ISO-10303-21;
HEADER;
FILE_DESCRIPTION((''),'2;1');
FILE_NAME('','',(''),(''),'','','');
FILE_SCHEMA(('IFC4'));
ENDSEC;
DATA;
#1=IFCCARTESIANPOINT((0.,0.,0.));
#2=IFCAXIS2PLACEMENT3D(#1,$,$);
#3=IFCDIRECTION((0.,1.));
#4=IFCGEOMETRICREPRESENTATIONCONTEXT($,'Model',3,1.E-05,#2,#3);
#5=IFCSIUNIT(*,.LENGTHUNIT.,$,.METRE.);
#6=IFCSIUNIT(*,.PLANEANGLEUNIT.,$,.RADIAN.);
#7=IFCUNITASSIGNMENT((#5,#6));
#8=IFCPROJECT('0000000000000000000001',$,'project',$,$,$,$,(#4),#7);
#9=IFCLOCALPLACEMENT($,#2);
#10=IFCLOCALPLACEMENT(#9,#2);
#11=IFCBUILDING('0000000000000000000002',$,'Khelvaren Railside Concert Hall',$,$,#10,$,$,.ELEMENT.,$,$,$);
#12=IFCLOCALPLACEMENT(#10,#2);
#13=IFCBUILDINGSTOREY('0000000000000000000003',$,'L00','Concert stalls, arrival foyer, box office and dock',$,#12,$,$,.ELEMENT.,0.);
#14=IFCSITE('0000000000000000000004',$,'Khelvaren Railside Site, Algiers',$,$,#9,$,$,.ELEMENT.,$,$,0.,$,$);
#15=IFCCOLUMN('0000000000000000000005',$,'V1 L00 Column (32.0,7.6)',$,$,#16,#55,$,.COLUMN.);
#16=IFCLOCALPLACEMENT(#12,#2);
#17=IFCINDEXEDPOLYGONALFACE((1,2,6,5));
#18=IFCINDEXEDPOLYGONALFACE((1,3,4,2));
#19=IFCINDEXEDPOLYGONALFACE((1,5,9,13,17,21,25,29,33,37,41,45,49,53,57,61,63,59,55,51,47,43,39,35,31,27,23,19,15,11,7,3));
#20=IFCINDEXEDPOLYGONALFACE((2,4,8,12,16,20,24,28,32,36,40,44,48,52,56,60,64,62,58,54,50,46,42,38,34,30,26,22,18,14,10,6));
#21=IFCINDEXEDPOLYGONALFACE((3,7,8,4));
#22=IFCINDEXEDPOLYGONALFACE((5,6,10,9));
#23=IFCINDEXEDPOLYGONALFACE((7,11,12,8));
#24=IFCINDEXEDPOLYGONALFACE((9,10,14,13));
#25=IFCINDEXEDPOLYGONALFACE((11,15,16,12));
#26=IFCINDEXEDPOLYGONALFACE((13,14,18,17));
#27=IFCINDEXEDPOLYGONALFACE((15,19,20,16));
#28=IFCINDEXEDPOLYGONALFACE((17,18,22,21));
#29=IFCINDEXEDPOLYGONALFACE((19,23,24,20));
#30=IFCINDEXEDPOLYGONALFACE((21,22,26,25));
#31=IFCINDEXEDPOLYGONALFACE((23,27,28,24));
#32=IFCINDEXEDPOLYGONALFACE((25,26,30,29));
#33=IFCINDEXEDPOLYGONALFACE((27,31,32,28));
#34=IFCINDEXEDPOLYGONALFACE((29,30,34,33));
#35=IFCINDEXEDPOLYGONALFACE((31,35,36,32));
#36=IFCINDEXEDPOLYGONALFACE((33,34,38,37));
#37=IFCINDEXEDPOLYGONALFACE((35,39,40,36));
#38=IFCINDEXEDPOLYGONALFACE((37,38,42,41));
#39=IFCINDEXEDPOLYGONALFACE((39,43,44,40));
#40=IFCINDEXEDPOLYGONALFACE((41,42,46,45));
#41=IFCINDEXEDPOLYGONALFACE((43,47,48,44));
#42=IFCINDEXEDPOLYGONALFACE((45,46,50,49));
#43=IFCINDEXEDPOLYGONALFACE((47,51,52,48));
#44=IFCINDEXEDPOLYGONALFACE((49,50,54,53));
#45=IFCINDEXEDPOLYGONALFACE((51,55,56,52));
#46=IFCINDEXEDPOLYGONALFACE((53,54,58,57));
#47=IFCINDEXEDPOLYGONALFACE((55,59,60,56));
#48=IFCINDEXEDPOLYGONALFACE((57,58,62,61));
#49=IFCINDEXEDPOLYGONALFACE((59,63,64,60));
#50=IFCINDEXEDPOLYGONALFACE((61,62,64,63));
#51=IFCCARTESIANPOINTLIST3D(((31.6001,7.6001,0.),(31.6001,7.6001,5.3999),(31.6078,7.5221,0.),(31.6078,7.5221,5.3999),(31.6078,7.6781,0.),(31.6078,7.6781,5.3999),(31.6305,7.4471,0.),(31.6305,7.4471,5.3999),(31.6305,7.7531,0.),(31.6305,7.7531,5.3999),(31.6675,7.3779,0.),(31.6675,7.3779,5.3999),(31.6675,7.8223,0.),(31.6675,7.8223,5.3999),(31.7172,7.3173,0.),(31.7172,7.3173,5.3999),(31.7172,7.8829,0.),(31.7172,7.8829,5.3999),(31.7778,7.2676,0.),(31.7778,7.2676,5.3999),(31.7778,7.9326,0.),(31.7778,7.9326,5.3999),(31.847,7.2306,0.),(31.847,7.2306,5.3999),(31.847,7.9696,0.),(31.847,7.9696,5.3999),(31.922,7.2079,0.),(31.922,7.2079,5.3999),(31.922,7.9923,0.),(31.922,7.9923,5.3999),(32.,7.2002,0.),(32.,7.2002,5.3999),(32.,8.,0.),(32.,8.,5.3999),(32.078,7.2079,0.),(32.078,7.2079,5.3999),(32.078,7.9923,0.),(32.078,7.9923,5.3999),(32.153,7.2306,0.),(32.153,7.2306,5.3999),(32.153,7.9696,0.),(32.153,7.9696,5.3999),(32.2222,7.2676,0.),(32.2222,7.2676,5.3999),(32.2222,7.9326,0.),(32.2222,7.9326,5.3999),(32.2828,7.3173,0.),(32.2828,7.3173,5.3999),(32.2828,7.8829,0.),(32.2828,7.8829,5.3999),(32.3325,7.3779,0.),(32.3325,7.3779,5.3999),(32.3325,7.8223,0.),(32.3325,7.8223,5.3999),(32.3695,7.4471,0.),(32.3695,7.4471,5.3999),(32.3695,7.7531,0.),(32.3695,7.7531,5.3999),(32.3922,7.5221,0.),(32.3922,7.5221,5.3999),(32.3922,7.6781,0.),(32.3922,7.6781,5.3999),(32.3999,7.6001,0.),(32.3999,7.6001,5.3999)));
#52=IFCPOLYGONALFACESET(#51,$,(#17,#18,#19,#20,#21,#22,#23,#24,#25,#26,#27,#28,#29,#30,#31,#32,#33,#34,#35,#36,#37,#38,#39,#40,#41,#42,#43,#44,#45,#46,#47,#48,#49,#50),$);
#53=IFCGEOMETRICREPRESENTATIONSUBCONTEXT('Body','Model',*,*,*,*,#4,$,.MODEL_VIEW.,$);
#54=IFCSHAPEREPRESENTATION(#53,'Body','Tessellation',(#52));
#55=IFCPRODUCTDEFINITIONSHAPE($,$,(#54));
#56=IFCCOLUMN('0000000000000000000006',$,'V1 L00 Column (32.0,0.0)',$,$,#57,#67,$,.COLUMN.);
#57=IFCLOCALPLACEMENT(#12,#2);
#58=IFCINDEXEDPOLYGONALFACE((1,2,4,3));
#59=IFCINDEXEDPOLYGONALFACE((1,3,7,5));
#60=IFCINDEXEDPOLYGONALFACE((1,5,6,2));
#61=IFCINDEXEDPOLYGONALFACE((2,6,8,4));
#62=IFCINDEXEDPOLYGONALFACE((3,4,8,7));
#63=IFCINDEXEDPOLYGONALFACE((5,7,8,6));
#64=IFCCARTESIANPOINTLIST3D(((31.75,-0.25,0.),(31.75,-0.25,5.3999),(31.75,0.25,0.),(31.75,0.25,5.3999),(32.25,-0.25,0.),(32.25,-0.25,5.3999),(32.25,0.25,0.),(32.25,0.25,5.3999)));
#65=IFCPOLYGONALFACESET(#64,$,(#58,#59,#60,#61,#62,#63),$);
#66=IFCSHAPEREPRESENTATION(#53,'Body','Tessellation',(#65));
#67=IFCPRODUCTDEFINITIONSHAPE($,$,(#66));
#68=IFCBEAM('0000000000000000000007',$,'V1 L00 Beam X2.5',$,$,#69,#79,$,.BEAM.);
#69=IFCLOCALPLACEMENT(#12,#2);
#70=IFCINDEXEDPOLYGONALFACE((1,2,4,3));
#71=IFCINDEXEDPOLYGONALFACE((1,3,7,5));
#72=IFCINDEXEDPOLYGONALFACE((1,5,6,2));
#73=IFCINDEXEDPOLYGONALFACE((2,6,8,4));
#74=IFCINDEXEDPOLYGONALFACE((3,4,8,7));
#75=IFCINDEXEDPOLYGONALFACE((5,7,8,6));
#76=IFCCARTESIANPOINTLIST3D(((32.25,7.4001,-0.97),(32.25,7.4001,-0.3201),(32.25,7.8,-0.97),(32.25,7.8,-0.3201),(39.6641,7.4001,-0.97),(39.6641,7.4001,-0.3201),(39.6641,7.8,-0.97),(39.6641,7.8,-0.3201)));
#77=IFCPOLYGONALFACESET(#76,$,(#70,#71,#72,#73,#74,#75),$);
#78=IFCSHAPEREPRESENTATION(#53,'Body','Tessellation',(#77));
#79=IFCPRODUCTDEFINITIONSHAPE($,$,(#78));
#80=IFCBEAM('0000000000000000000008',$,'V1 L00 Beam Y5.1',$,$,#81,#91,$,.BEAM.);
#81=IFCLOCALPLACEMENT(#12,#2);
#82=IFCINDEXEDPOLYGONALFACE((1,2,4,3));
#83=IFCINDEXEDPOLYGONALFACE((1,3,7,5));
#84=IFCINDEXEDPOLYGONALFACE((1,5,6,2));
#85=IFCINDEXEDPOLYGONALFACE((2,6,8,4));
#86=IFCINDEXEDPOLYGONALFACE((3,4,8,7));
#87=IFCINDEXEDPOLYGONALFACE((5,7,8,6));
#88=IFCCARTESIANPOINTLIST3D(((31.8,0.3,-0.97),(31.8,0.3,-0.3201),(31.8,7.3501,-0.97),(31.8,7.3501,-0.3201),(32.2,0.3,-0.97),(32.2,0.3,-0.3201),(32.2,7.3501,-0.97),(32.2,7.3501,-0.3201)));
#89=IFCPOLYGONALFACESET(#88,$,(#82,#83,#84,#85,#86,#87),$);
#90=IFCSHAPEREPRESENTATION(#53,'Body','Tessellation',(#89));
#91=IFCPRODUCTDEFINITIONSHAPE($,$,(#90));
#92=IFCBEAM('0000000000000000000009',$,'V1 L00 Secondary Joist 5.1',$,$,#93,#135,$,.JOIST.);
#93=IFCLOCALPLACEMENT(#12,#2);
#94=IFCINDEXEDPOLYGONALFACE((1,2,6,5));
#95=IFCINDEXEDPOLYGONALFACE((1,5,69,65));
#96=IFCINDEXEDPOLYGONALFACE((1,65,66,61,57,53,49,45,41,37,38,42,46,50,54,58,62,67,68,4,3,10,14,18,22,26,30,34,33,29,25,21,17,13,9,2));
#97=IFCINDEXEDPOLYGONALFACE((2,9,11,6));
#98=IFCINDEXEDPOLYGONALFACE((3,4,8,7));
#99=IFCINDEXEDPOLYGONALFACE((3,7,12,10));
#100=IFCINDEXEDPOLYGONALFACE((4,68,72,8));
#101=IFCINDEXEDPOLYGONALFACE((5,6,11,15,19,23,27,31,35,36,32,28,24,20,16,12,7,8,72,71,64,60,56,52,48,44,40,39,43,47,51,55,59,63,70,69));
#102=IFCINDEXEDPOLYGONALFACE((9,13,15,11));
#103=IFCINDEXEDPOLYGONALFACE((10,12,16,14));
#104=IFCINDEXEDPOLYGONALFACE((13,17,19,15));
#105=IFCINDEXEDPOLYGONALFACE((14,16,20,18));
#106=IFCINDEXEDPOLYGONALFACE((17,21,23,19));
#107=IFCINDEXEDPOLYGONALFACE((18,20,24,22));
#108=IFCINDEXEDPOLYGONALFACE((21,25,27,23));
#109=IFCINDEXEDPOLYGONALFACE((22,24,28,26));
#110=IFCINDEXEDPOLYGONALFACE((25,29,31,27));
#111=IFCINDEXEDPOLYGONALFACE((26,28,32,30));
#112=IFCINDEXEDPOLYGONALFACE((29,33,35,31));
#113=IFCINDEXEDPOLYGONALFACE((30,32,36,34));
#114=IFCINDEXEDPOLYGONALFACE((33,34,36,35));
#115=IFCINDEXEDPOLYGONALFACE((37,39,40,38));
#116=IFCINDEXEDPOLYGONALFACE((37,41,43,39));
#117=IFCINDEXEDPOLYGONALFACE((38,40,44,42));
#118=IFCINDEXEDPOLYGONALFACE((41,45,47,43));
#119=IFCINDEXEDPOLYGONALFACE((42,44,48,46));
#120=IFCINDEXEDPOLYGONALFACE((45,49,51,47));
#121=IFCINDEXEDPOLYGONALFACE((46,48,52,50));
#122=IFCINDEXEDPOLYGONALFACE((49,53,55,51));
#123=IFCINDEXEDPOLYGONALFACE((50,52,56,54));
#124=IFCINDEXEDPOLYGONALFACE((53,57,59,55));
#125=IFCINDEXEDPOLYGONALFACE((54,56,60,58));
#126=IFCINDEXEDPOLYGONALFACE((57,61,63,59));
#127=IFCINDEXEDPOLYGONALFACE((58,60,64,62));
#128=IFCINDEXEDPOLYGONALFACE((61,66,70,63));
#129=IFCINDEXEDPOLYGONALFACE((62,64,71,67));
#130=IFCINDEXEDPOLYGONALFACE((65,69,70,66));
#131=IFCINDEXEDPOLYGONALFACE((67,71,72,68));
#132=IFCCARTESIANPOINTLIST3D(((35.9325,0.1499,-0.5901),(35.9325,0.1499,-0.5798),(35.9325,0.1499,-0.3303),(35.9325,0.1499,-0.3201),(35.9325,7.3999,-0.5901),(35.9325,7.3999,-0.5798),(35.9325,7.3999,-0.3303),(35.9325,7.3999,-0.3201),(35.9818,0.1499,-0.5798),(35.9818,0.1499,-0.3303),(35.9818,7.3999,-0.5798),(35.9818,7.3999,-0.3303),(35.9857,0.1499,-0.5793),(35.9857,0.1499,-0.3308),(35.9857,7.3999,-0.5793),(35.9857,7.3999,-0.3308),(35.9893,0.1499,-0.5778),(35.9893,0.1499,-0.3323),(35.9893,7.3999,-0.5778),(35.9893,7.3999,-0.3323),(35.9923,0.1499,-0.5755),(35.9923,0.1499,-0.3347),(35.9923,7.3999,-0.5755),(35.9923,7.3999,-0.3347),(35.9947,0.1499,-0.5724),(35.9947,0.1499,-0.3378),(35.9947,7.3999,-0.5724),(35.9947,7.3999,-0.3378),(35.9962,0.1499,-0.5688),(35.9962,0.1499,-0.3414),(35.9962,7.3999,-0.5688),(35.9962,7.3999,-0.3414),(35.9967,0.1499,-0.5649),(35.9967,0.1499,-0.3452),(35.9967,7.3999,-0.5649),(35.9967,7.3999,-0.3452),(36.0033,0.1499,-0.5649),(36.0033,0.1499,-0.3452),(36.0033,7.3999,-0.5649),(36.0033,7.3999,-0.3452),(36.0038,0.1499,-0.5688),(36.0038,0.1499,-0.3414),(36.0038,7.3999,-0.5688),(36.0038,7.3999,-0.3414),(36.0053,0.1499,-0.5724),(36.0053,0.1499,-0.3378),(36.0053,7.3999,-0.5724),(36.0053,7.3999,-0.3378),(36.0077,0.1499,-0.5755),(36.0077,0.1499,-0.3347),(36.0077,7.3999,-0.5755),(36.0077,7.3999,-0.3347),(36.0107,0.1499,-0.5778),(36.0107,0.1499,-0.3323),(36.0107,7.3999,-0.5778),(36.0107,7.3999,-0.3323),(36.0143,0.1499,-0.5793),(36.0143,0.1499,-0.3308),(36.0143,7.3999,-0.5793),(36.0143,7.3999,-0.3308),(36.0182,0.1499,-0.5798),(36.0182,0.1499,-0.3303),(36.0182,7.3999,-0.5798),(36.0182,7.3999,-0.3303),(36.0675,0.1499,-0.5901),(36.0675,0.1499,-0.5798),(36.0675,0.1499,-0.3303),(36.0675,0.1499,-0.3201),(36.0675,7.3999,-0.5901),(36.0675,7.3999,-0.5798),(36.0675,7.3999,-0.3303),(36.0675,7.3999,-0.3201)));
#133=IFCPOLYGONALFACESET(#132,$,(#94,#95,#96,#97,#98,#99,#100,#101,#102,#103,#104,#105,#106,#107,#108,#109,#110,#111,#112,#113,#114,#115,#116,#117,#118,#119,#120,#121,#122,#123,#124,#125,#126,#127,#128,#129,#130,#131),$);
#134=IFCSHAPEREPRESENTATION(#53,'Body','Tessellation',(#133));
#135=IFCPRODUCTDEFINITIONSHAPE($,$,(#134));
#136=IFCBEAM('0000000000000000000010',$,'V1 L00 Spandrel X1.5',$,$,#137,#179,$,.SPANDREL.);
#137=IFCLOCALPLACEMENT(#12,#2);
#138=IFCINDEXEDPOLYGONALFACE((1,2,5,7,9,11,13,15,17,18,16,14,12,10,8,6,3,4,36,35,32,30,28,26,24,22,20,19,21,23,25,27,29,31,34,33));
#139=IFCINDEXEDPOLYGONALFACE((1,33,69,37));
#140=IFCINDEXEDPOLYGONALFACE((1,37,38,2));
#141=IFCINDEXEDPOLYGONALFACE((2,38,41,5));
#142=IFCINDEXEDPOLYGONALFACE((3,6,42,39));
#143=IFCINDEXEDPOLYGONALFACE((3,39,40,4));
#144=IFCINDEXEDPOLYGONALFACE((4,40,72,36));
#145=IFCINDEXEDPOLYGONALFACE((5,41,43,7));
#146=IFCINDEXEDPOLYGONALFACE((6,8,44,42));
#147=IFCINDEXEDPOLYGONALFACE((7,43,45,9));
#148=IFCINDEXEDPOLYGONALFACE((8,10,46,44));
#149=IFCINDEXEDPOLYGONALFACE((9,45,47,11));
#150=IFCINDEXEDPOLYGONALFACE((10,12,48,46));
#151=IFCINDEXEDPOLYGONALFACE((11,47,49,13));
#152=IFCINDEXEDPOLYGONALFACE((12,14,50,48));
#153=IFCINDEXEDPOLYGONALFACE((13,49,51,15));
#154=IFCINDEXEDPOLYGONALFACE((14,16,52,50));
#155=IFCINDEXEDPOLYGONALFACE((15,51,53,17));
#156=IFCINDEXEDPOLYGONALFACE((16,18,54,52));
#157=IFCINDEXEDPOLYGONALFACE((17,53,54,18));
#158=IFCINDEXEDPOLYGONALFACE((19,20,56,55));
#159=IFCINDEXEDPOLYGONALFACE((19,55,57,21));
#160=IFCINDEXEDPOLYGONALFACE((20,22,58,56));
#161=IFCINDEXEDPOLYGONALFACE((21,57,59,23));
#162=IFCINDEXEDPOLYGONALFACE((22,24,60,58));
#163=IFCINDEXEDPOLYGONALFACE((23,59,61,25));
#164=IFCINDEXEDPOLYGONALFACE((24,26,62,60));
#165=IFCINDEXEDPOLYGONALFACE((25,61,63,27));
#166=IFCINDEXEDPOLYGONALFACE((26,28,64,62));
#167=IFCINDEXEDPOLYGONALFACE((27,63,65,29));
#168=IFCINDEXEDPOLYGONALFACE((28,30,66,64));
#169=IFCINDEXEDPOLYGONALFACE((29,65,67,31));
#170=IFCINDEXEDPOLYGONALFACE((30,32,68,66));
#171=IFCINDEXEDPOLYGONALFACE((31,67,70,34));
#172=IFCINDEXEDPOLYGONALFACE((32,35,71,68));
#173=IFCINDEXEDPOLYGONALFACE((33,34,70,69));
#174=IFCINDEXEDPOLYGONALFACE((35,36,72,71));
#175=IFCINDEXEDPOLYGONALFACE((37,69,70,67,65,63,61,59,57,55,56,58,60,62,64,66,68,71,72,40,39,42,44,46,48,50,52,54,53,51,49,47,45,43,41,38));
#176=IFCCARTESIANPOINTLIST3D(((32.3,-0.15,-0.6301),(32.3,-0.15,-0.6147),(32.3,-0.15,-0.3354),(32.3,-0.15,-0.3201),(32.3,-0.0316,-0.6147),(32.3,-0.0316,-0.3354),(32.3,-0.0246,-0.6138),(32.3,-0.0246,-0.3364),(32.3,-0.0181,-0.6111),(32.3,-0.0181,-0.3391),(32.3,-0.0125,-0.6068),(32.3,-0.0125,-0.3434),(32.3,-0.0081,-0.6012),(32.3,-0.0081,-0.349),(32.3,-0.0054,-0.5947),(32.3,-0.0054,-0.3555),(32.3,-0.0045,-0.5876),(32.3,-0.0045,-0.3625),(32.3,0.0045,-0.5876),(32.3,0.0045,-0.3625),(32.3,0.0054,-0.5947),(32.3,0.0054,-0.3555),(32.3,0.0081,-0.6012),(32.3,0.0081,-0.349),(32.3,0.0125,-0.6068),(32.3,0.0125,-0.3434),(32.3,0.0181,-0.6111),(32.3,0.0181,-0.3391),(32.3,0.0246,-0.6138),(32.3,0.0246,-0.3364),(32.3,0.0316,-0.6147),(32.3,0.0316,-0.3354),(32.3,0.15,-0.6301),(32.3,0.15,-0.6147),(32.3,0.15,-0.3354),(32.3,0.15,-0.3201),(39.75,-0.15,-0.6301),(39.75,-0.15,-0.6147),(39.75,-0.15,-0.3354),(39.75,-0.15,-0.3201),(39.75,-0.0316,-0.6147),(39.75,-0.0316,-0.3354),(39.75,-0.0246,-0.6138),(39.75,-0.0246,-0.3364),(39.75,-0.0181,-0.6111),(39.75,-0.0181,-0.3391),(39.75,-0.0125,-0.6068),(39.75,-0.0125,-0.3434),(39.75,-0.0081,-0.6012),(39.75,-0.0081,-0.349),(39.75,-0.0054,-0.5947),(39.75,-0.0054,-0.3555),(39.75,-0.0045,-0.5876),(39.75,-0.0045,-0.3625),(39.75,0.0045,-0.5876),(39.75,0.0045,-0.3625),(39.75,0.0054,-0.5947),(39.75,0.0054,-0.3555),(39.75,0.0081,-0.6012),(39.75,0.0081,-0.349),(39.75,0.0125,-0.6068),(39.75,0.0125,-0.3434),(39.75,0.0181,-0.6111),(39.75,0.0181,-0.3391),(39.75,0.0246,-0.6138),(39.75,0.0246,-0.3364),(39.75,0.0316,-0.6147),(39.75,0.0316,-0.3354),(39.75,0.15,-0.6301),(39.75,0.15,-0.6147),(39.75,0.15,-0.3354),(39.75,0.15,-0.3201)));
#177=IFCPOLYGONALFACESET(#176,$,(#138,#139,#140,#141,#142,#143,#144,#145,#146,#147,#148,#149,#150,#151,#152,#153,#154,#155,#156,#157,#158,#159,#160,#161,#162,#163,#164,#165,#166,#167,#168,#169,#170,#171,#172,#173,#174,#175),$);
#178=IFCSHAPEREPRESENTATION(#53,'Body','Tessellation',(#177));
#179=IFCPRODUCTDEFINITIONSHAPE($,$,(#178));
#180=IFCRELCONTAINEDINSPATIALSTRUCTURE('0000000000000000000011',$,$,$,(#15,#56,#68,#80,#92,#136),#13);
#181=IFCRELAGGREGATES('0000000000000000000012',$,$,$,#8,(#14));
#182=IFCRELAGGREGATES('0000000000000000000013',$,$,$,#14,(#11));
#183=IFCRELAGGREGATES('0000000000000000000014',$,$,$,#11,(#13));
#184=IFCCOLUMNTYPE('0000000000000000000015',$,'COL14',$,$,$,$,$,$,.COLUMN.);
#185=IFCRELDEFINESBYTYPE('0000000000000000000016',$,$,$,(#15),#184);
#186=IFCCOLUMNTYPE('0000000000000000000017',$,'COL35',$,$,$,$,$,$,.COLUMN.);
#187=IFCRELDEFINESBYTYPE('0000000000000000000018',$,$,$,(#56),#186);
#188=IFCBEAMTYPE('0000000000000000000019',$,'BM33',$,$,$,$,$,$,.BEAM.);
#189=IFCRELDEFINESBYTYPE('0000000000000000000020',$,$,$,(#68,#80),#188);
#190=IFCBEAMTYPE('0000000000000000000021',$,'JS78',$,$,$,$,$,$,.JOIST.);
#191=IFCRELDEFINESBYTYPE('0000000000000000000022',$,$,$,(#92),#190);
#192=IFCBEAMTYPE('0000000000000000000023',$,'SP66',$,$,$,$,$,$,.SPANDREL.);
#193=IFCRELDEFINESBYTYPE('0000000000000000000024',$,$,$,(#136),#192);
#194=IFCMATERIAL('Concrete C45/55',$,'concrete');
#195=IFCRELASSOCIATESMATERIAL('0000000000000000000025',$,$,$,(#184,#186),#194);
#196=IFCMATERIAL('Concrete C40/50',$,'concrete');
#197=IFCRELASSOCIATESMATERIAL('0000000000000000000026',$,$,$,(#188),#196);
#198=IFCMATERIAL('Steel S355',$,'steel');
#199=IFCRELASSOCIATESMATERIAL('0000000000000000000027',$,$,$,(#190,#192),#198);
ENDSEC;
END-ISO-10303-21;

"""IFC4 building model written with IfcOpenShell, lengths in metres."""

from ifc_helpers import new_model, si_unit, direction, frame, origin, origin_2d, place, context, subcontext, project, spatial, rectangle, circle, i_section, extrude, material, material_profile, profile_set, type_object, element, save


model = new_model("IFC4")

# Units and contexts
model_context = context("Model", 3, precision=1e-05, world=origin(), true_north=direction((0.0, 1.0)))
body_context = subcontext(model_context, "Body", "Model", "MODEL_VIEW")
ifc_project = project(units=[si_unit("LENGTHUNIT", "METRE"), si_unit("PLANEANGLEUNIT", "RADIAN")], contexts=[model_context])

# Site, building, storey
site_placement = place(None, origin())
site = spatial("IfcSite", under=ifc_project, at=site_placement, Name="Khelvaren Railside Site, Algiers", CompositionType="ELEMENT", RefElevation=0.0)
building_placement = place(site_placement, origin())
building = spatial("IfcBuilding", under=site, at=building_placement, Name="Khelvaren Railside Concert Hall", CompositionType="ELEMENT")
storey_placement = place(building_placement, origin())
storey = spatial("IfcBuildingStorey", under=building, at=storey_placement, Name="L00", Description="Concert stalls, arrival foyer, box office and dock", CompositionType="ELEMENT", Elevation=0.0)

# Columns
ifc_material_1 = material(Name="Concrete C45/55", Category="concrete")
ifc_material_profile_1 = material_profile(ifc_material_1, circle(Radius=0.3999, at=origin_2d()), Name="RC D800")
ifc_profile_set_1 = profile_set([ifc_material_profile_1], Name="Concrete C45/55")
column_type_1 = type_object("IfcColumnType", Name="COL14", PredefinedType="COLUMN", material=ifc_profile_set_1)
column_1_placement = place(storey_placement, frame((32.0, 7.6001, 0.0), z_axis=(0.0, 0.0, 1.0), x_axis=(1.0, 0.0, 0.0)))
element("IfcColumn", 1, at=column_1_placement, inside=storey, type_object=column_type_1, Name="V1 L00 Column (32.0,7.6)", PredefinedType="COLUMN", context=body_context, shape_type="SweptSolid", body=[
    extrude(circle(Radius=0.3999, at=origin_2d()), origin(), (0.0, 0.0, 1.0), 5.3999),
])
ifc_material_profile_2 = material_profile(ifc_material_1, rectangle(XDim=0.5, YDim=0.5, at=origin_2d()), Name="RC 500x500")
ifc_profile_set_2 = profile_set([ifc_material_profile_2], Name="Concrete C45/55")
column_type_2 = type_object("IfcColumnType", Name="COL35", PredefinedType="COLUMN", material=ifc_profile_set_2)
column_2_placement = place(storey_placement, frame((32.0, 0.0, 0.0), z_axis=(0.0, 0.0, 1.0), x_axis=(1.0, 0.0, 0.0)))
element("IfcColumn", 2, at=column_2_placement, inside=storey, type_object=column_type_2, Name="V1 L00 Column (32.0,0.0)", PredefinedType="COLUMN", context=body_context, shape_type="SweptSolid", body=[
    extrude(rectangle(XDim=0.5, YDim=0.5, at=origin_2d()), origin(), (0.0, 0.0, 1.0), 5.3999),
])

# Beams
ifc_material_2 = material(Name="Concrete C40/50", Category="concrete")
ifc_material_profile_3 = material_profile(ifc_material_2, rectangle(XDim=0.3999, YDim=0.6499, at=origin_2d()), Name="RCB 400x650")
ifc_profile_set_3 = profile_set([ifc_material_profile_3], Name="Concrete C40/50")
beam_type_1 = type_object("IfcBeamType", Name="BM33", PredefinedType="BEAM", material=ifc_profile_set_3)
beam_1_placement = place(storey_placement, frame((32.25, 7.6001, -0.645), z_axis=(1.0, 0.0, 0.0), x_axis=(0.0, 1.0, 0.0)))
element("IfcBeam", 3, at=beam_1_placement, inside=storey, type_object=beam_type_1, Name="V1 L00 Beam X2.5", PredefinedType="BEAM", context=body_context, shape_type="SweptSolid", body=[
    extrude(rectangle(XDim=0.3999, YDim=0.6499, at=origin_2d()), origin(), (0.0, 0.0, 1.0), 7.4141),
])
beam_2_placement = place(storey_placement, frame((32.0, 0.3, -0.645), z_axis=(0.0, 1.0, 0.0), x_axis=(-1.0, 0.0, 0.0)))
element("IfcBeam", 4, at=beam_2_placement, inside=storey, type_object=beam_type_1, Name="V1 L00 Beam Y5.1", PredefinedType="BEAM", context=body_context, shape_type="SweptSolid", body=[
    extrude(rectangle(XDim=0.3999, YDim=0.6499, at=origin_2d()), origin(), (0.0, 0.0, 1.0), 7.05),
])
ifc_material_3 = material(Name="Steel S355", Category="steel")
ifc_material_profile_4 = material_profile(ifc_material_3, i_section(OverallWidth=0.135, OverallDepth=0.27, WebThickness=0.0066, FlangeThickness=0.0103, FilletRadius=0.0149, at=origin_2d()), Name="IPE 270")
ifc_profile_set_4 = profile_set([ifc_material_profile_4], Name="Steel S355")
beam_type_2 = type_object("IfcBeamType", Name="JS78", PredefinedType="JOIST", material=ifc_profile_set_4)
beam_3_placement = place(storey_placement, frame((36.0, 0.1499, -0.4551), z_axis=(0.0, 1.0, 0.0), x_axis=(-1.0, 0.0, 0.0)))
element("IfcBeam", 5, at=beam_3_placement, inside=storey, type_object=beam_type_2, Name="V1 L00 Secondary Joist 5.1", PredefinedType="JOIST", context=body_context, shape_type="SweptSolid", body=[
    extrude(i_section(OverallWidth=0.135, OverallDepth=0.27, WebThickness=0.0066, FlangeThickness=0.0103, FilletRadius=0.0149, at=origin_2d()), origin(), (0.0, 0.0, 1.0), 7.25),
])
ifc_material_profile_5 = material_profile(ifc_material_3, i_section(OverallWidth=0.3, OverallDepth=0.3101, WebThickness=0.009, FlangeThickness=0.0154, FilletRadius=0.0271, at=origin_2d()), Name="HEA 320")
ifc_profile_set_5 = profile_set([ifc_material_profile_5], Name="Steel S355")
beam_type_3 = type_object("IfcBeamType", Name="SP66", PredefinedType="SPANDREL", material=ifc_profile_set_5)
beam_4_placement = place(storey_placement, frame((32.3, 0.0, -0.4751), z_axis=(1.0, 0.0, 0.0), x_axis=(0.0, 1.0, 0.0)))
element("IfcBeam", 6, at=beam_4_placement, inside=storey, type_object=beam_type_3, Name="V1 L00 Spandrel X1.5", PredefinedType="SPANDREL", context=body_context, shape_type="SweptSolid", body=[
    extrude(i_section(OverallWidth=0.3, OverallDepth=0.3101, WebThickness=0.009, FlangeThickness=0.0154, FilletRadius=0.0271, at=origin_2d()), origin(), (0.0, 0.0, 1.0), 7.45),
])

save(model, "model.ifc")
